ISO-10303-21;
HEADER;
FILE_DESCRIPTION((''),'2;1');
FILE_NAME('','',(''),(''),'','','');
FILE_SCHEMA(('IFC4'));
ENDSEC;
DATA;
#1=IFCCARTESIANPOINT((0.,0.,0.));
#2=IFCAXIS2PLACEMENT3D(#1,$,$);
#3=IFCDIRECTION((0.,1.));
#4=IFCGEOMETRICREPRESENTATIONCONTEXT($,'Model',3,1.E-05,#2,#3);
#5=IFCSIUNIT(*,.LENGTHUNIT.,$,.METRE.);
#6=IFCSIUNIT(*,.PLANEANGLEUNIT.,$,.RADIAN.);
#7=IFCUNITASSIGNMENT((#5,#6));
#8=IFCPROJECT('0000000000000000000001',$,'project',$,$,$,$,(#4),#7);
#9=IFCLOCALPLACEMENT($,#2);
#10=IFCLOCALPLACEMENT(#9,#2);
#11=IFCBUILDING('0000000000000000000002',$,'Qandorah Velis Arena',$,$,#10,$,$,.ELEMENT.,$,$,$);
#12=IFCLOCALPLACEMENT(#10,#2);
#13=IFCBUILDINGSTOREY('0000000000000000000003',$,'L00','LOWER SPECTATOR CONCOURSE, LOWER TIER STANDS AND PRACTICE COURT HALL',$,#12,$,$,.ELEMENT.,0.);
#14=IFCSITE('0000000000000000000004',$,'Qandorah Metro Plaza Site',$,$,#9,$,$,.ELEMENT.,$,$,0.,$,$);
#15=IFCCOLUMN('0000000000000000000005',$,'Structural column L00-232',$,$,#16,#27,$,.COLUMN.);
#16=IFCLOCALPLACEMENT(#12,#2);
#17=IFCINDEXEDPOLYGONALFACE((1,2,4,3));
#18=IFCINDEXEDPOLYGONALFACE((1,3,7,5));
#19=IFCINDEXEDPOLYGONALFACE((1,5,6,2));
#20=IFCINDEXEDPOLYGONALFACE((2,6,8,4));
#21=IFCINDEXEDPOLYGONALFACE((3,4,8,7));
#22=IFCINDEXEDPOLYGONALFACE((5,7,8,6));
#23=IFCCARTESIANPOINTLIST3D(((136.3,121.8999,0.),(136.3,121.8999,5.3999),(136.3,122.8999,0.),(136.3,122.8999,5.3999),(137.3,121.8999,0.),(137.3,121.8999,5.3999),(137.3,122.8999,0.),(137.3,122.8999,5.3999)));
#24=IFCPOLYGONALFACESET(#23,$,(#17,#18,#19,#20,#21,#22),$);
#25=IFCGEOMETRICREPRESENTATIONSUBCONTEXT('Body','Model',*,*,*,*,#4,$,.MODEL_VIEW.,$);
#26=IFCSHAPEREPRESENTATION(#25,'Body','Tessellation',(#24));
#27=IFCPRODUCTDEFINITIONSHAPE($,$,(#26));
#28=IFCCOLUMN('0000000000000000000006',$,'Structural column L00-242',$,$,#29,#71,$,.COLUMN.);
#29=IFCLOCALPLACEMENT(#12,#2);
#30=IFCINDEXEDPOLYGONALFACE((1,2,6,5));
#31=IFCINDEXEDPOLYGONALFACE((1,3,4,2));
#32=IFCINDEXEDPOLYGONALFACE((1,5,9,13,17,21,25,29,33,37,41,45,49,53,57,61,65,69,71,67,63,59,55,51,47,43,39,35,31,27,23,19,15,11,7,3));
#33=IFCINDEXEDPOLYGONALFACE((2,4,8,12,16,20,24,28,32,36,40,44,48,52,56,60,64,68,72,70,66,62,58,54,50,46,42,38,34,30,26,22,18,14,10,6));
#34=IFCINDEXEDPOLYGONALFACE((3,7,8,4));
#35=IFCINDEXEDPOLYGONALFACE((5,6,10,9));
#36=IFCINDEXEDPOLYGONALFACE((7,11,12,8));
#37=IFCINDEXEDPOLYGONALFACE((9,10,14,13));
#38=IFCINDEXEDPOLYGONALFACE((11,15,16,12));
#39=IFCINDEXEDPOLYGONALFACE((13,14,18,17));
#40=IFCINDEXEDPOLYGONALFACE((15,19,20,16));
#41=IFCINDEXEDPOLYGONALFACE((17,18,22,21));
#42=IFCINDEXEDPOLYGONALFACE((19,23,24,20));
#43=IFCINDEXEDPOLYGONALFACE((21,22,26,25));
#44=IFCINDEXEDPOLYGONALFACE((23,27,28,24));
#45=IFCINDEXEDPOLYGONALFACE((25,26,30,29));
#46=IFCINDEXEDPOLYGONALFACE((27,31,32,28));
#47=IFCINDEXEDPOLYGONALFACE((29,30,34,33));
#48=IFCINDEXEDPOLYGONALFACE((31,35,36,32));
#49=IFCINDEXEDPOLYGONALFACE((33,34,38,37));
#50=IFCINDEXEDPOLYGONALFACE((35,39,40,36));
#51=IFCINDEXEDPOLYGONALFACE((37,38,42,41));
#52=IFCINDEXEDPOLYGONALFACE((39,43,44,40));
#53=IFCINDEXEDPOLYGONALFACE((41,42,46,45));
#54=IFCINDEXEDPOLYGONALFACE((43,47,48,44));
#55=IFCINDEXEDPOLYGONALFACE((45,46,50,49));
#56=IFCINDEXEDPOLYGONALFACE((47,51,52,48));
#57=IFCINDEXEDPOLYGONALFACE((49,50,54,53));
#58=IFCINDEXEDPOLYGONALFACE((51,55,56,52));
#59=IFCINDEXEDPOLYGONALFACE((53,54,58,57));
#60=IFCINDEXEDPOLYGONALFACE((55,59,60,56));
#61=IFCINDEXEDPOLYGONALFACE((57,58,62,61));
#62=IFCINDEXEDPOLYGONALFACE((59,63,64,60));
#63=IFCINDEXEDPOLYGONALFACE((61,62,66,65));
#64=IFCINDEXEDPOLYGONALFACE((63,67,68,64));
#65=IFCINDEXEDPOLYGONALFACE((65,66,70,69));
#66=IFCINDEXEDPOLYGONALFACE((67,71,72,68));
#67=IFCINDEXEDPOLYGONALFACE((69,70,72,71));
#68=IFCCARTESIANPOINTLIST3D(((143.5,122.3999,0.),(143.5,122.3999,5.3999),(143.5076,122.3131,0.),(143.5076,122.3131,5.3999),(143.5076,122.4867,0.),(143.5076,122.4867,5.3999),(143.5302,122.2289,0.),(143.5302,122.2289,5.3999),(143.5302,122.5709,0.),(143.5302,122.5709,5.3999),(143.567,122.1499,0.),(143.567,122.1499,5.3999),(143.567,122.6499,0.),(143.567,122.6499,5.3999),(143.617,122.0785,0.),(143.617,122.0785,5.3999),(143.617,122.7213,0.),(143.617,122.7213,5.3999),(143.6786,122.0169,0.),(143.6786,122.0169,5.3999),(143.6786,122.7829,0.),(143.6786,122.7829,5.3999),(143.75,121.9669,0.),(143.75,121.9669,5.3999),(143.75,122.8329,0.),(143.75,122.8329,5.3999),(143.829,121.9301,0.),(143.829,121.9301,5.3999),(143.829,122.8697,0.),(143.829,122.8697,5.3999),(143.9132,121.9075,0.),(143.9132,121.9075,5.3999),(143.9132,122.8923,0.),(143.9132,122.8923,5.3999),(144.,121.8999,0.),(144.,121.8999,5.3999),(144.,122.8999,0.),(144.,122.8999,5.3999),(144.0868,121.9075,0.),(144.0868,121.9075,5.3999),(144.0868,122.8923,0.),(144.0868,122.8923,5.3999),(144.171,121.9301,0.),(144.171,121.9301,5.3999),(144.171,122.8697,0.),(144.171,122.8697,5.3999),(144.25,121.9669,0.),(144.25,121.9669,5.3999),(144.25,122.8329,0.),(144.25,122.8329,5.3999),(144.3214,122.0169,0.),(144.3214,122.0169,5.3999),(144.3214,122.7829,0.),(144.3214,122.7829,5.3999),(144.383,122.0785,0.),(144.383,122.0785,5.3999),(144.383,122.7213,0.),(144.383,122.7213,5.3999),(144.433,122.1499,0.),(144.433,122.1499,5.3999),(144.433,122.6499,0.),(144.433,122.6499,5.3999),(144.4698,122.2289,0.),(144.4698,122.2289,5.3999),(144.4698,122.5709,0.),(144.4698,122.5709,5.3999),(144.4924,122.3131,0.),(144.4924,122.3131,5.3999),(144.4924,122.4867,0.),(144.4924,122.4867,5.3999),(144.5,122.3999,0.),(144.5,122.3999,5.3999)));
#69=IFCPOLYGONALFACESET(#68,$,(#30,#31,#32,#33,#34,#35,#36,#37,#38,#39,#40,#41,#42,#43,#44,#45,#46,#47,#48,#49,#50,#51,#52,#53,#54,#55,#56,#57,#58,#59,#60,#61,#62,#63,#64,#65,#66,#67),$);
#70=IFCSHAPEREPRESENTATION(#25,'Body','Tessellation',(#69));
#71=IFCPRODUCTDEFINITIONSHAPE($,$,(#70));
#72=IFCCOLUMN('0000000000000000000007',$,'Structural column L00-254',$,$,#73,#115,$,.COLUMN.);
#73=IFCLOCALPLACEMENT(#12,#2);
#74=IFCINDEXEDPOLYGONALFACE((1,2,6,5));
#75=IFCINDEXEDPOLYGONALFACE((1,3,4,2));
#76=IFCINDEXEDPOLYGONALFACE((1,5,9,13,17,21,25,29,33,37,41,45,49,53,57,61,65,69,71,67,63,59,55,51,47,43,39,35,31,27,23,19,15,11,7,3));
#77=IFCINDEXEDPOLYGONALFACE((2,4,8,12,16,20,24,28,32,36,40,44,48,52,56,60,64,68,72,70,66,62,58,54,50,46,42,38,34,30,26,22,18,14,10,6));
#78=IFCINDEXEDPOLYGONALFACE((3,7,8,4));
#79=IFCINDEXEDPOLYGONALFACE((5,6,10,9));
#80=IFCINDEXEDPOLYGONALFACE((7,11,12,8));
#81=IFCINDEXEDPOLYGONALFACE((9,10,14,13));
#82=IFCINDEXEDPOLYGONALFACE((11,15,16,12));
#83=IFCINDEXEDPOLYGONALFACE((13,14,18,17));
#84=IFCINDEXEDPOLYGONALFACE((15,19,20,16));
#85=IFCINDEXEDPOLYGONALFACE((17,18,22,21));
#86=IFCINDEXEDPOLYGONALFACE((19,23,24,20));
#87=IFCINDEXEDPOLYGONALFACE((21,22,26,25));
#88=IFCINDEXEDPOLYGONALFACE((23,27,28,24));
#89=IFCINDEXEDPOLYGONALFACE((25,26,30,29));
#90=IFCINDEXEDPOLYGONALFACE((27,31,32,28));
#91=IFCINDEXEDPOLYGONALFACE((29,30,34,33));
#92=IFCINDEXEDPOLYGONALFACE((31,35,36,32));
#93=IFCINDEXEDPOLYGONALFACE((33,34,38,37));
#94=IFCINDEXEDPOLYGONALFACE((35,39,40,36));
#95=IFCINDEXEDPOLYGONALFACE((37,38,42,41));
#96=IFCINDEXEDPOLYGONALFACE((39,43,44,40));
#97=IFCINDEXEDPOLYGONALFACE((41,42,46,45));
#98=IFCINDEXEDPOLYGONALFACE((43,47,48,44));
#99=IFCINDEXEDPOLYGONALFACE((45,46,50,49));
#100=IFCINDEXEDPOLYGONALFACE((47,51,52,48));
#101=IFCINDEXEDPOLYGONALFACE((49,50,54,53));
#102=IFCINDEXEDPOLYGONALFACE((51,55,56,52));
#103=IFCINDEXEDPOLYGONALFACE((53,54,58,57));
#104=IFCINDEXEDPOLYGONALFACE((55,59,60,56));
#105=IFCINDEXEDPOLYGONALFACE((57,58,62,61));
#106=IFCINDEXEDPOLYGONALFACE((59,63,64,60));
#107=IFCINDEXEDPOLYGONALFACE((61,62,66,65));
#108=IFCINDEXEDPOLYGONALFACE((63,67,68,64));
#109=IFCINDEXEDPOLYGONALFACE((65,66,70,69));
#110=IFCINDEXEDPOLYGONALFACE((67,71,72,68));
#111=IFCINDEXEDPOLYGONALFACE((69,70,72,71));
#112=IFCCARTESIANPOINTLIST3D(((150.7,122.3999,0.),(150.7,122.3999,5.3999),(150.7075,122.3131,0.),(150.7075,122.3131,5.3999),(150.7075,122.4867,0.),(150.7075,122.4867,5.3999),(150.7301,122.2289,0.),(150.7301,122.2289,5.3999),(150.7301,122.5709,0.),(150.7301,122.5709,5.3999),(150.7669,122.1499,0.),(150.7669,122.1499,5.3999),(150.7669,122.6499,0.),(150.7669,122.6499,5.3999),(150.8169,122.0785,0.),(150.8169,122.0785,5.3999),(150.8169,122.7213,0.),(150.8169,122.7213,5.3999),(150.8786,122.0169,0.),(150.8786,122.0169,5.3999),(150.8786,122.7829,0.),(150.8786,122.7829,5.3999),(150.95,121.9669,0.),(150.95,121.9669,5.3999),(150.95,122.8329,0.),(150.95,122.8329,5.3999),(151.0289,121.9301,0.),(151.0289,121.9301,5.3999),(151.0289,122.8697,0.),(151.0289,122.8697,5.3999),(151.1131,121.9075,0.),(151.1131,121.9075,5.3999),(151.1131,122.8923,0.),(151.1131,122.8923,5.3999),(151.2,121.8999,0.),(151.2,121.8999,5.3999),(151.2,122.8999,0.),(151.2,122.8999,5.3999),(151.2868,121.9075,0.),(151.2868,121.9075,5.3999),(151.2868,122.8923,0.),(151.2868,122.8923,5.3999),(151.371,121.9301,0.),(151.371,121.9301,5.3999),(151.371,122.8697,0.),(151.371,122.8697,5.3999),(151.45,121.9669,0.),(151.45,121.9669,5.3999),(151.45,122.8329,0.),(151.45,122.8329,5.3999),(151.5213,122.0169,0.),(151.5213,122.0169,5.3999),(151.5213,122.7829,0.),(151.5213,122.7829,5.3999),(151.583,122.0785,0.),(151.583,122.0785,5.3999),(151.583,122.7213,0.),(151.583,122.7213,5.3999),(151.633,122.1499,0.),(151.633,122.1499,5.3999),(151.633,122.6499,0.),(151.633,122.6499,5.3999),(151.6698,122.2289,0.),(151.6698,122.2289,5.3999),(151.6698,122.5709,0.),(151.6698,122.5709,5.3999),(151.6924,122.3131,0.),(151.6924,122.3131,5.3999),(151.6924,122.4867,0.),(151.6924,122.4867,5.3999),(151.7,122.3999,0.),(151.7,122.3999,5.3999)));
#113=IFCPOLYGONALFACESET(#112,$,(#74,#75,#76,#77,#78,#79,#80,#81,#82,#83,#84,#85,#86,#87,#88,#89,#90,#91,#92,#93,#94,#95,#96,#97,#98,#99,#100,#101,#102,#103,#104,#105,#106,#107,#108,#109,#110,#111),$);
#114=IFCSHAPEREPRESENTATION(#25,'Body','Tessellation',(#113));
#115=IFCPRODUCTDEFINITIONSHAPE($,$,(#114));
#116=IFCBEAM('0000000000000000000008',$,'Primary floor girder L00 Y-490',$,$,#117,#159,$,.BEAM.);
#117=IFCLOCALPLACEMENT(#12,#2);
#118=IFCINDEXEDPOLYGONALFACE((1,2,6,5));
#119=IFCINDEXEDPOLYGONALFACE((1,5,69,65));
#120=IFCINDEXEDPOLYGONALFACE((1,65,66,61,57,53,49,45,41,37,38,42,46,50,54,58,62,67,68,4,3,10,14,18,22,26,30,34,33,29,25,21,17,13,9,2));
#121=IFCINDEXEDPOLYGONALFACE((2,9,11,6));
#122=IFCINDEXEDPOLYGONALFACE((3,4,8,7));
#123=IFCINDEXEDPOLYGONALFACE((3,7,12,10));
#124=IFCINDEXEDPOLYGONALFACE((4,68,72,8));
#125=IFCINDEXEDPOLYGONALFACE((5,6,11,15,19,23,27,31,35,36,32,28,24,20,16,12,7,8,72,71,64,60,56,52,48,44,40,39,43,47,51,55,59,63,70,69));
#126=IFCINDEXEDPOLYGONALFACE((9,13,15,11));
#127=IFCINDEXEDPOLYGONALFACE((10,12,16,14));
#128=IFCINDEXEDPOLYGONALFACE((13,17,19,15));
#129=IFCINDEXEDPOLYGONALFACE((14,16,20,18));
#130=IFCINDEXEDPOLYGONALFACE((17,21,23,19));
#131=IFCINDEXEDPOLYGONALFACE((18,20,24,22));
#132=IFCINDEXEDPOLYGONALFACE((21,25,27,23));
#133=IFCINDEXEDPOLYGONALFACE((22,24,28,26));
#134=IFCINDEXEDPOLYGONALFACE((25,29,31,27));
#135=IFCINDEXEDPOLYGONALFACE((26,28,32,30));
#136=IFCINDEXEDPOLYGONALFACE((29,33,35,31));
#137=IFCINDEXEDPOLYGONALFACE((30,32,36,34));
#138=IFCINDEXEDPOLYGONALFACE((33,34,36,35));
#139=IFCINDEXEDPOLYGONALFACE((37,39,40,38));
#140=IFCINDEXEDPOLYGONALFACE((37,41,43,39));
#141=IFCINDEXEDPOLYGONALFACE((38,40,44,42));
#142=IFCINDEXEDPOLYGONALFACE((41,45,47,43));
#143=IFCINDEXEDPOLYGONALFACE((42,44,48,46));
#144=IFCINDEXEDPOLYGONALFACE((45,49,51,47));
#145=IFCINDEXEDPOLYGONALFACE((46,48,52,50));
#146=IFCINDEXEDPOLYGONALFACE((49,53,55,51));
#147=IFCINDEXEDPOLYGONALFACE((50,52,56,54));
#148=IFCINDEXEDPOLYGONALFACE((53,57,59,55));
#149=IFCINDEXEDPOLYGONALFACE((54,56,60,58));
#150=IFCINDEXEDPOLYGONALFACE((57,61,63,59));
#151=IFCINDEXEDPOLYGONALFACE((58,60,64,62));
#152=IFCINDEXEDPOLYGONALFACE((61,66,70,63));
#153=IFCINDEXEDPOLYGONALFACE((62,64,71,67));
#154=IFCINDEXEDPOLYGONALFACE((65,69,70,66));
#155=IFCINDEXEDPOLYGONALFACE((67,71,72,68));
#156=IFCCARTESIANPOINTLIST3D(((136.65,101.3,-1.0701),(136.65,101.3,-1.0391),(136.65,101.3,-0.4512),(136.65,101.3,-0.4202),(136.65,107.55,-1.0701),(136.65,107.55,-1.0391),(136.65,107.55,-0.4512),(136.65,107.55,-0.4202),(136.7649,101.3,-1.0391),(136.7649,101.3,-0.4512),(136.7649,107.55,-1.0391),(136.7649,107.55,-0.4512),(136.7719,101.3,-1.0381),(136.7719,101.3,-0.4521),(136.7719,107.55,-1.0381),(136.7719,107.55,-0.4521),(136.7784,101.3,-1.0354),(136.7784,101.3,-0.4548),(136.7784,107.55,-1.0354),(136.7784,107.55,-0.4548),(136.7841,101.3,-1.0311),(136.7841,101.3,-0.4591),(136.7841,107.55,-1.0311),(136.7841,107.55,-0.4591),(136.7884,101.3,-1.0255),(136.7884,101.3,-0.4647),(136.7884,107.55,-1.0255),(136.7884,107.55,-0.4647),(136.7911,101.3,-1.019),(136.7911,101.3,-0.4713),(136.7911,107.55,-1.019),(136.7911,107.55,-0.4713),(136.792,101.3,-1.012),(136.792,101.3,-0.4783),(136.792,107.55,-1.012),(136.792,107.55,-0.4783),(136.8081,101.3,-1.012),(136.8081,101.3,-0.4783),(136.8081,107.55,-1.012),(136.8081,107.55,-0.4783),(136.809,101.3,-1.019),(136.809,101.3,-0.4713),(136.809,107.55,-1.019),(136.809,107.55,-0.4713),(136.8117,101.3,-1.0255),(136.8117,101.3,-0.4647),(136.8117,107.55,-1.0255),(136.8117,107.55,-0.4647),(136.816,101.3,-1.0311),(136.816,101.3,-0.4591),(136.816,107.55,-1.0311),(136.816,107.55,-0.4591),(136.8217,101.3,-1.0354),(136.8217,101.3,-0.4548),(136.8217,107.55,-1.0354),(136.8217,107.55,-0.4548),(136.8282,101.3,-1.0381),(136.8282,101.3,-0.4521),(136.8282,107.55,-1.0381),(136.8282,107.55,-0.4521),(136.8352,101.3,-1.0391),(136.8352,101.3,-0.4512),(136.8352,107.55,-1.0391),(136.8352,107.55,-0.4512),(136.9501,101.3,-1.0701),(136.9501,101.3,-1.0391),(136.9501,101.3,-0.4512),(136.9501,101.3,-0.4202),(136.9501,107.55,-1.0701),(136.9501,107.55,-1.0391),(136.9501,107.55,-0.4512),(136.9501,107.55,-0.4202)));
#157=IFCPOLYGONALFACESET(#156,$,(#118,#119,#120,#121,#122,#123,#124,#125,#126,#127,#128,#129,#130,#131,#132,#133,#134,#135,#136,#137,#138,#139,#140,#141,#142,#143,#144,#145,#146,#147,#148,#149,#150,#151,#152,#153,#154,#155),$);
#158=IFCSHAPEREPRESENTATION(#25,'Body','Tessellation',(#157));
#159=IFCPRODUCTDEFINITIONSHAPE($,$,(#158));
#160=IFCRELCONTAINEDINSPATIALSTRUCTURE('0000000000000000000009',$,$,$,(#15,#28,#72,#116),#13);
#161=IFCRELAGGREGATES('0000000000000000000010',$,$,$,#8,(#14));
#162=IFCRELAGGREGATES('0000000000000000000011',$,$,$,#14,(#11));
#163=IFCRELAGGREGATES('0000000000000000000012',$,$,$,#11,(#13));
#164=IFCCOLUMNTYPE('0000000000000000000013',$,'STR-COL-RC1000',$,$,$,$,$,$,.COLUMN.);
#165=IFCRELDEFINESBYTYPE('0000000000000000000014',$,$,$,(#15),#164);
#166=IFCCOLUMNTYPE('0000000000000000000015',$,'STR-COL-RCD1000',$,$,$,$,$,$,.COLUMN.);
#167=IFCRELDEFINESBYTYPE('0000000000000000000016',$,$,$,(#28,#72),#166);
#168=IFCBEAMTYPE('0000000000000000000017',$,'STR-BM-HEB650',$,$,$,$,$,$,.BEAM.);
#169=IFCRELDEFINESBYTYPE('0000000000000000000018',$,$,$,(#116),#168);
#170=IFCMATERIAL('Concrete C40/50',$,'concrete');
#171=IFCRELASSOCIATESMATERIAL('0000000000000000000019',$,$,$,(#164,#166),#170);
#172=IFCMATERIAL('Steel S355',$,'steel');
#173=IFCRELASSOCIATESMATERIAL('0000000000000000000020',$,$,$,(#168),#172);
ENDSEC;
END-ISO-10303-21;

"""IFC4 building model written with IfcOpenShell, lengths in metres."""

from ifc_helpers import new_model, si_unit, direction, frame, origin, origin_2d, place, context, subcontext, project, spatial, rectangle, circle, i_section, extrude, material, material_profile, profile_set, type_object, element, save


model = new_model("IFC4")

# Units and contexts
model_context = context("Model", 3, precision=1e-05, world=origin(), true_north=direction((0.0, 1.0)))
body_context = subcontext(model_context, "Body", "Model", "MODEL_VIEW")
ifc_project = project(units=[si_unit("LENGTHUNIT", "METRE"), si_unit("PLANEANGLEUNIT", "RADIAN")], contexts=[model_context])

# Site, building, storey
site_placement = place(None, origin())
site = spatial("IfcSite", under=ifc_project, at=site_placement, Name="Qandorah Metro Plaza Site", CompositionType="ELEMENT", RefElevation=0.0)
building_placement = place(site_placement, origin())
building = spatial("IfcBuilding", under=site, at=building_placement, Name="Qandorah Velis Arena", CompositionType="ELEMENT")
storey_placement = place(building_placement, origin())
storey = spatial("IfcBuildingStorey", under=building, at=storey_placement, Name="L00", Description="LOWER SPECTATOR CONCOURSE, LOWER TIER STANDS AND PRACTICE COURT HALL", CompositionType="ELEMENT", Elevation=0.0)

# Columns
ifc_material_1 = material(Name="Concrete C40/50", Category="concrete")
ifc_material_profile_1 = material_profile(ifc_material_1, rectangle(XDim=1.0, YDim=1.0, at=origin_2d()), Name="RC COL 1000x1000")
ifc_profile_set_1 = profile_set([ifc_material_profile_1], Name="Concrete C40/50")
column_type_1 = type_object("IfcColumnType", Name="STR-COL-RC1000", PredefinedType="COLUMN", material=ifc_profile_set_1)
column_placement = place(storey_placement, frame((136.8, 122.3999, 0.0), z_axis=(0.0, 0.0, 1.0), x_axis=(1.0, 0.0, 0.0)))
element("IfcColumn", 1, at=column_placement, inside=storey, type_object=column_type_1, Name="Structural column L00-232", PredefinedType="COLUMN", context=body_context, shape_type="SweptSolid", body=[
    extrude(rectangle(XDim=1.0, YDim=1.0, at=origin_2d()), origin(), (0.0, 0.0, 1.0), 5.3999),
])
ifc_material_profile_2 = material_profile(ifc_material_1, circle(Radius=0.5, at=origin_2d()), Name="RC D1000")
ifc_profile_set_2 = profile_set([ifc_material_profile_2], Name="Concrete C40/50")
column_type_2 = type_object("IfcColumnType", Name="STR-COL-RCD1000", PredefinedType="COLUMN", material=ifc_profile_set_2)
for number, where, z_axis, x_axis, name in (
    (2, (144.0, 122.3999, 0.0), (0.0, 0.0, 1.0), (1.0, 0.0, 0.0), "Structural column L00-242"),
    (3, (151.2, 122.3999, 0.0), (0.0, 0.0, 1.0), (1.0, 0.0, 0.0), "Structural column L00-254"),
):
    element("IfcColumn", number, at=place(storey_placement, frame(where, z_axis=z_axis, x_axis=x_axis)), inside=storey, type_object=column_type_2, Name=name, PredefinedType="COLUMN", context=body_context, shape_type="SweptSolid", body=[
        extrude(circle(Radius=0.5, at=origin_2d()), origin(), (0.0, 0.0, 1.0), 5.3999),
    ])

# Beam
ifc_material_2 = material(Name="Steel S355", Category="steel")
ifc_material_profile_3 = material_profile(ifc_material_2, i_section(OverallWidth=0.3, OverallDepth=0.6499, WebThickness=0.0161, FlangeThickness=0.031, FilletRadius=0.0271, at=origin_2d()), Name="HEB 650")
ifc_profile_set_3 = profile_set([ifc_material_profile_3], Name="Steel S355")
beam_type_1 = type_object("IfcBeamType", Name="STR-BM-HEB650", PredefinedType="BEAM", material=ifc_profile_set_3)
beam_1_placement = place(storey_placement, frame((136.8, 101.3, -0.7451), z_axis=(0.0, 1.0, 0.0), x_axis=(-1.0, 0.0, 0.0)))
element("IfcBeam", 4, at=beam_1_placement, inside=storey, type_object=beam_type_1, Name="Primary floor girder L00 Y-490", PredefinedType="BEAM", context=body_context, shape_type="SweptSolid", body=[
    extrude(i_section(OverallWidth=0.3, OverallDepth=0.6499, WebThickness=0.0161, FlangeThickness=0.031, FilletRadius=0.0271, at=origin_2d()), origin(), (0.0, 0.0, 1.0), 6.25),
])

save(model, "model.ifc")
